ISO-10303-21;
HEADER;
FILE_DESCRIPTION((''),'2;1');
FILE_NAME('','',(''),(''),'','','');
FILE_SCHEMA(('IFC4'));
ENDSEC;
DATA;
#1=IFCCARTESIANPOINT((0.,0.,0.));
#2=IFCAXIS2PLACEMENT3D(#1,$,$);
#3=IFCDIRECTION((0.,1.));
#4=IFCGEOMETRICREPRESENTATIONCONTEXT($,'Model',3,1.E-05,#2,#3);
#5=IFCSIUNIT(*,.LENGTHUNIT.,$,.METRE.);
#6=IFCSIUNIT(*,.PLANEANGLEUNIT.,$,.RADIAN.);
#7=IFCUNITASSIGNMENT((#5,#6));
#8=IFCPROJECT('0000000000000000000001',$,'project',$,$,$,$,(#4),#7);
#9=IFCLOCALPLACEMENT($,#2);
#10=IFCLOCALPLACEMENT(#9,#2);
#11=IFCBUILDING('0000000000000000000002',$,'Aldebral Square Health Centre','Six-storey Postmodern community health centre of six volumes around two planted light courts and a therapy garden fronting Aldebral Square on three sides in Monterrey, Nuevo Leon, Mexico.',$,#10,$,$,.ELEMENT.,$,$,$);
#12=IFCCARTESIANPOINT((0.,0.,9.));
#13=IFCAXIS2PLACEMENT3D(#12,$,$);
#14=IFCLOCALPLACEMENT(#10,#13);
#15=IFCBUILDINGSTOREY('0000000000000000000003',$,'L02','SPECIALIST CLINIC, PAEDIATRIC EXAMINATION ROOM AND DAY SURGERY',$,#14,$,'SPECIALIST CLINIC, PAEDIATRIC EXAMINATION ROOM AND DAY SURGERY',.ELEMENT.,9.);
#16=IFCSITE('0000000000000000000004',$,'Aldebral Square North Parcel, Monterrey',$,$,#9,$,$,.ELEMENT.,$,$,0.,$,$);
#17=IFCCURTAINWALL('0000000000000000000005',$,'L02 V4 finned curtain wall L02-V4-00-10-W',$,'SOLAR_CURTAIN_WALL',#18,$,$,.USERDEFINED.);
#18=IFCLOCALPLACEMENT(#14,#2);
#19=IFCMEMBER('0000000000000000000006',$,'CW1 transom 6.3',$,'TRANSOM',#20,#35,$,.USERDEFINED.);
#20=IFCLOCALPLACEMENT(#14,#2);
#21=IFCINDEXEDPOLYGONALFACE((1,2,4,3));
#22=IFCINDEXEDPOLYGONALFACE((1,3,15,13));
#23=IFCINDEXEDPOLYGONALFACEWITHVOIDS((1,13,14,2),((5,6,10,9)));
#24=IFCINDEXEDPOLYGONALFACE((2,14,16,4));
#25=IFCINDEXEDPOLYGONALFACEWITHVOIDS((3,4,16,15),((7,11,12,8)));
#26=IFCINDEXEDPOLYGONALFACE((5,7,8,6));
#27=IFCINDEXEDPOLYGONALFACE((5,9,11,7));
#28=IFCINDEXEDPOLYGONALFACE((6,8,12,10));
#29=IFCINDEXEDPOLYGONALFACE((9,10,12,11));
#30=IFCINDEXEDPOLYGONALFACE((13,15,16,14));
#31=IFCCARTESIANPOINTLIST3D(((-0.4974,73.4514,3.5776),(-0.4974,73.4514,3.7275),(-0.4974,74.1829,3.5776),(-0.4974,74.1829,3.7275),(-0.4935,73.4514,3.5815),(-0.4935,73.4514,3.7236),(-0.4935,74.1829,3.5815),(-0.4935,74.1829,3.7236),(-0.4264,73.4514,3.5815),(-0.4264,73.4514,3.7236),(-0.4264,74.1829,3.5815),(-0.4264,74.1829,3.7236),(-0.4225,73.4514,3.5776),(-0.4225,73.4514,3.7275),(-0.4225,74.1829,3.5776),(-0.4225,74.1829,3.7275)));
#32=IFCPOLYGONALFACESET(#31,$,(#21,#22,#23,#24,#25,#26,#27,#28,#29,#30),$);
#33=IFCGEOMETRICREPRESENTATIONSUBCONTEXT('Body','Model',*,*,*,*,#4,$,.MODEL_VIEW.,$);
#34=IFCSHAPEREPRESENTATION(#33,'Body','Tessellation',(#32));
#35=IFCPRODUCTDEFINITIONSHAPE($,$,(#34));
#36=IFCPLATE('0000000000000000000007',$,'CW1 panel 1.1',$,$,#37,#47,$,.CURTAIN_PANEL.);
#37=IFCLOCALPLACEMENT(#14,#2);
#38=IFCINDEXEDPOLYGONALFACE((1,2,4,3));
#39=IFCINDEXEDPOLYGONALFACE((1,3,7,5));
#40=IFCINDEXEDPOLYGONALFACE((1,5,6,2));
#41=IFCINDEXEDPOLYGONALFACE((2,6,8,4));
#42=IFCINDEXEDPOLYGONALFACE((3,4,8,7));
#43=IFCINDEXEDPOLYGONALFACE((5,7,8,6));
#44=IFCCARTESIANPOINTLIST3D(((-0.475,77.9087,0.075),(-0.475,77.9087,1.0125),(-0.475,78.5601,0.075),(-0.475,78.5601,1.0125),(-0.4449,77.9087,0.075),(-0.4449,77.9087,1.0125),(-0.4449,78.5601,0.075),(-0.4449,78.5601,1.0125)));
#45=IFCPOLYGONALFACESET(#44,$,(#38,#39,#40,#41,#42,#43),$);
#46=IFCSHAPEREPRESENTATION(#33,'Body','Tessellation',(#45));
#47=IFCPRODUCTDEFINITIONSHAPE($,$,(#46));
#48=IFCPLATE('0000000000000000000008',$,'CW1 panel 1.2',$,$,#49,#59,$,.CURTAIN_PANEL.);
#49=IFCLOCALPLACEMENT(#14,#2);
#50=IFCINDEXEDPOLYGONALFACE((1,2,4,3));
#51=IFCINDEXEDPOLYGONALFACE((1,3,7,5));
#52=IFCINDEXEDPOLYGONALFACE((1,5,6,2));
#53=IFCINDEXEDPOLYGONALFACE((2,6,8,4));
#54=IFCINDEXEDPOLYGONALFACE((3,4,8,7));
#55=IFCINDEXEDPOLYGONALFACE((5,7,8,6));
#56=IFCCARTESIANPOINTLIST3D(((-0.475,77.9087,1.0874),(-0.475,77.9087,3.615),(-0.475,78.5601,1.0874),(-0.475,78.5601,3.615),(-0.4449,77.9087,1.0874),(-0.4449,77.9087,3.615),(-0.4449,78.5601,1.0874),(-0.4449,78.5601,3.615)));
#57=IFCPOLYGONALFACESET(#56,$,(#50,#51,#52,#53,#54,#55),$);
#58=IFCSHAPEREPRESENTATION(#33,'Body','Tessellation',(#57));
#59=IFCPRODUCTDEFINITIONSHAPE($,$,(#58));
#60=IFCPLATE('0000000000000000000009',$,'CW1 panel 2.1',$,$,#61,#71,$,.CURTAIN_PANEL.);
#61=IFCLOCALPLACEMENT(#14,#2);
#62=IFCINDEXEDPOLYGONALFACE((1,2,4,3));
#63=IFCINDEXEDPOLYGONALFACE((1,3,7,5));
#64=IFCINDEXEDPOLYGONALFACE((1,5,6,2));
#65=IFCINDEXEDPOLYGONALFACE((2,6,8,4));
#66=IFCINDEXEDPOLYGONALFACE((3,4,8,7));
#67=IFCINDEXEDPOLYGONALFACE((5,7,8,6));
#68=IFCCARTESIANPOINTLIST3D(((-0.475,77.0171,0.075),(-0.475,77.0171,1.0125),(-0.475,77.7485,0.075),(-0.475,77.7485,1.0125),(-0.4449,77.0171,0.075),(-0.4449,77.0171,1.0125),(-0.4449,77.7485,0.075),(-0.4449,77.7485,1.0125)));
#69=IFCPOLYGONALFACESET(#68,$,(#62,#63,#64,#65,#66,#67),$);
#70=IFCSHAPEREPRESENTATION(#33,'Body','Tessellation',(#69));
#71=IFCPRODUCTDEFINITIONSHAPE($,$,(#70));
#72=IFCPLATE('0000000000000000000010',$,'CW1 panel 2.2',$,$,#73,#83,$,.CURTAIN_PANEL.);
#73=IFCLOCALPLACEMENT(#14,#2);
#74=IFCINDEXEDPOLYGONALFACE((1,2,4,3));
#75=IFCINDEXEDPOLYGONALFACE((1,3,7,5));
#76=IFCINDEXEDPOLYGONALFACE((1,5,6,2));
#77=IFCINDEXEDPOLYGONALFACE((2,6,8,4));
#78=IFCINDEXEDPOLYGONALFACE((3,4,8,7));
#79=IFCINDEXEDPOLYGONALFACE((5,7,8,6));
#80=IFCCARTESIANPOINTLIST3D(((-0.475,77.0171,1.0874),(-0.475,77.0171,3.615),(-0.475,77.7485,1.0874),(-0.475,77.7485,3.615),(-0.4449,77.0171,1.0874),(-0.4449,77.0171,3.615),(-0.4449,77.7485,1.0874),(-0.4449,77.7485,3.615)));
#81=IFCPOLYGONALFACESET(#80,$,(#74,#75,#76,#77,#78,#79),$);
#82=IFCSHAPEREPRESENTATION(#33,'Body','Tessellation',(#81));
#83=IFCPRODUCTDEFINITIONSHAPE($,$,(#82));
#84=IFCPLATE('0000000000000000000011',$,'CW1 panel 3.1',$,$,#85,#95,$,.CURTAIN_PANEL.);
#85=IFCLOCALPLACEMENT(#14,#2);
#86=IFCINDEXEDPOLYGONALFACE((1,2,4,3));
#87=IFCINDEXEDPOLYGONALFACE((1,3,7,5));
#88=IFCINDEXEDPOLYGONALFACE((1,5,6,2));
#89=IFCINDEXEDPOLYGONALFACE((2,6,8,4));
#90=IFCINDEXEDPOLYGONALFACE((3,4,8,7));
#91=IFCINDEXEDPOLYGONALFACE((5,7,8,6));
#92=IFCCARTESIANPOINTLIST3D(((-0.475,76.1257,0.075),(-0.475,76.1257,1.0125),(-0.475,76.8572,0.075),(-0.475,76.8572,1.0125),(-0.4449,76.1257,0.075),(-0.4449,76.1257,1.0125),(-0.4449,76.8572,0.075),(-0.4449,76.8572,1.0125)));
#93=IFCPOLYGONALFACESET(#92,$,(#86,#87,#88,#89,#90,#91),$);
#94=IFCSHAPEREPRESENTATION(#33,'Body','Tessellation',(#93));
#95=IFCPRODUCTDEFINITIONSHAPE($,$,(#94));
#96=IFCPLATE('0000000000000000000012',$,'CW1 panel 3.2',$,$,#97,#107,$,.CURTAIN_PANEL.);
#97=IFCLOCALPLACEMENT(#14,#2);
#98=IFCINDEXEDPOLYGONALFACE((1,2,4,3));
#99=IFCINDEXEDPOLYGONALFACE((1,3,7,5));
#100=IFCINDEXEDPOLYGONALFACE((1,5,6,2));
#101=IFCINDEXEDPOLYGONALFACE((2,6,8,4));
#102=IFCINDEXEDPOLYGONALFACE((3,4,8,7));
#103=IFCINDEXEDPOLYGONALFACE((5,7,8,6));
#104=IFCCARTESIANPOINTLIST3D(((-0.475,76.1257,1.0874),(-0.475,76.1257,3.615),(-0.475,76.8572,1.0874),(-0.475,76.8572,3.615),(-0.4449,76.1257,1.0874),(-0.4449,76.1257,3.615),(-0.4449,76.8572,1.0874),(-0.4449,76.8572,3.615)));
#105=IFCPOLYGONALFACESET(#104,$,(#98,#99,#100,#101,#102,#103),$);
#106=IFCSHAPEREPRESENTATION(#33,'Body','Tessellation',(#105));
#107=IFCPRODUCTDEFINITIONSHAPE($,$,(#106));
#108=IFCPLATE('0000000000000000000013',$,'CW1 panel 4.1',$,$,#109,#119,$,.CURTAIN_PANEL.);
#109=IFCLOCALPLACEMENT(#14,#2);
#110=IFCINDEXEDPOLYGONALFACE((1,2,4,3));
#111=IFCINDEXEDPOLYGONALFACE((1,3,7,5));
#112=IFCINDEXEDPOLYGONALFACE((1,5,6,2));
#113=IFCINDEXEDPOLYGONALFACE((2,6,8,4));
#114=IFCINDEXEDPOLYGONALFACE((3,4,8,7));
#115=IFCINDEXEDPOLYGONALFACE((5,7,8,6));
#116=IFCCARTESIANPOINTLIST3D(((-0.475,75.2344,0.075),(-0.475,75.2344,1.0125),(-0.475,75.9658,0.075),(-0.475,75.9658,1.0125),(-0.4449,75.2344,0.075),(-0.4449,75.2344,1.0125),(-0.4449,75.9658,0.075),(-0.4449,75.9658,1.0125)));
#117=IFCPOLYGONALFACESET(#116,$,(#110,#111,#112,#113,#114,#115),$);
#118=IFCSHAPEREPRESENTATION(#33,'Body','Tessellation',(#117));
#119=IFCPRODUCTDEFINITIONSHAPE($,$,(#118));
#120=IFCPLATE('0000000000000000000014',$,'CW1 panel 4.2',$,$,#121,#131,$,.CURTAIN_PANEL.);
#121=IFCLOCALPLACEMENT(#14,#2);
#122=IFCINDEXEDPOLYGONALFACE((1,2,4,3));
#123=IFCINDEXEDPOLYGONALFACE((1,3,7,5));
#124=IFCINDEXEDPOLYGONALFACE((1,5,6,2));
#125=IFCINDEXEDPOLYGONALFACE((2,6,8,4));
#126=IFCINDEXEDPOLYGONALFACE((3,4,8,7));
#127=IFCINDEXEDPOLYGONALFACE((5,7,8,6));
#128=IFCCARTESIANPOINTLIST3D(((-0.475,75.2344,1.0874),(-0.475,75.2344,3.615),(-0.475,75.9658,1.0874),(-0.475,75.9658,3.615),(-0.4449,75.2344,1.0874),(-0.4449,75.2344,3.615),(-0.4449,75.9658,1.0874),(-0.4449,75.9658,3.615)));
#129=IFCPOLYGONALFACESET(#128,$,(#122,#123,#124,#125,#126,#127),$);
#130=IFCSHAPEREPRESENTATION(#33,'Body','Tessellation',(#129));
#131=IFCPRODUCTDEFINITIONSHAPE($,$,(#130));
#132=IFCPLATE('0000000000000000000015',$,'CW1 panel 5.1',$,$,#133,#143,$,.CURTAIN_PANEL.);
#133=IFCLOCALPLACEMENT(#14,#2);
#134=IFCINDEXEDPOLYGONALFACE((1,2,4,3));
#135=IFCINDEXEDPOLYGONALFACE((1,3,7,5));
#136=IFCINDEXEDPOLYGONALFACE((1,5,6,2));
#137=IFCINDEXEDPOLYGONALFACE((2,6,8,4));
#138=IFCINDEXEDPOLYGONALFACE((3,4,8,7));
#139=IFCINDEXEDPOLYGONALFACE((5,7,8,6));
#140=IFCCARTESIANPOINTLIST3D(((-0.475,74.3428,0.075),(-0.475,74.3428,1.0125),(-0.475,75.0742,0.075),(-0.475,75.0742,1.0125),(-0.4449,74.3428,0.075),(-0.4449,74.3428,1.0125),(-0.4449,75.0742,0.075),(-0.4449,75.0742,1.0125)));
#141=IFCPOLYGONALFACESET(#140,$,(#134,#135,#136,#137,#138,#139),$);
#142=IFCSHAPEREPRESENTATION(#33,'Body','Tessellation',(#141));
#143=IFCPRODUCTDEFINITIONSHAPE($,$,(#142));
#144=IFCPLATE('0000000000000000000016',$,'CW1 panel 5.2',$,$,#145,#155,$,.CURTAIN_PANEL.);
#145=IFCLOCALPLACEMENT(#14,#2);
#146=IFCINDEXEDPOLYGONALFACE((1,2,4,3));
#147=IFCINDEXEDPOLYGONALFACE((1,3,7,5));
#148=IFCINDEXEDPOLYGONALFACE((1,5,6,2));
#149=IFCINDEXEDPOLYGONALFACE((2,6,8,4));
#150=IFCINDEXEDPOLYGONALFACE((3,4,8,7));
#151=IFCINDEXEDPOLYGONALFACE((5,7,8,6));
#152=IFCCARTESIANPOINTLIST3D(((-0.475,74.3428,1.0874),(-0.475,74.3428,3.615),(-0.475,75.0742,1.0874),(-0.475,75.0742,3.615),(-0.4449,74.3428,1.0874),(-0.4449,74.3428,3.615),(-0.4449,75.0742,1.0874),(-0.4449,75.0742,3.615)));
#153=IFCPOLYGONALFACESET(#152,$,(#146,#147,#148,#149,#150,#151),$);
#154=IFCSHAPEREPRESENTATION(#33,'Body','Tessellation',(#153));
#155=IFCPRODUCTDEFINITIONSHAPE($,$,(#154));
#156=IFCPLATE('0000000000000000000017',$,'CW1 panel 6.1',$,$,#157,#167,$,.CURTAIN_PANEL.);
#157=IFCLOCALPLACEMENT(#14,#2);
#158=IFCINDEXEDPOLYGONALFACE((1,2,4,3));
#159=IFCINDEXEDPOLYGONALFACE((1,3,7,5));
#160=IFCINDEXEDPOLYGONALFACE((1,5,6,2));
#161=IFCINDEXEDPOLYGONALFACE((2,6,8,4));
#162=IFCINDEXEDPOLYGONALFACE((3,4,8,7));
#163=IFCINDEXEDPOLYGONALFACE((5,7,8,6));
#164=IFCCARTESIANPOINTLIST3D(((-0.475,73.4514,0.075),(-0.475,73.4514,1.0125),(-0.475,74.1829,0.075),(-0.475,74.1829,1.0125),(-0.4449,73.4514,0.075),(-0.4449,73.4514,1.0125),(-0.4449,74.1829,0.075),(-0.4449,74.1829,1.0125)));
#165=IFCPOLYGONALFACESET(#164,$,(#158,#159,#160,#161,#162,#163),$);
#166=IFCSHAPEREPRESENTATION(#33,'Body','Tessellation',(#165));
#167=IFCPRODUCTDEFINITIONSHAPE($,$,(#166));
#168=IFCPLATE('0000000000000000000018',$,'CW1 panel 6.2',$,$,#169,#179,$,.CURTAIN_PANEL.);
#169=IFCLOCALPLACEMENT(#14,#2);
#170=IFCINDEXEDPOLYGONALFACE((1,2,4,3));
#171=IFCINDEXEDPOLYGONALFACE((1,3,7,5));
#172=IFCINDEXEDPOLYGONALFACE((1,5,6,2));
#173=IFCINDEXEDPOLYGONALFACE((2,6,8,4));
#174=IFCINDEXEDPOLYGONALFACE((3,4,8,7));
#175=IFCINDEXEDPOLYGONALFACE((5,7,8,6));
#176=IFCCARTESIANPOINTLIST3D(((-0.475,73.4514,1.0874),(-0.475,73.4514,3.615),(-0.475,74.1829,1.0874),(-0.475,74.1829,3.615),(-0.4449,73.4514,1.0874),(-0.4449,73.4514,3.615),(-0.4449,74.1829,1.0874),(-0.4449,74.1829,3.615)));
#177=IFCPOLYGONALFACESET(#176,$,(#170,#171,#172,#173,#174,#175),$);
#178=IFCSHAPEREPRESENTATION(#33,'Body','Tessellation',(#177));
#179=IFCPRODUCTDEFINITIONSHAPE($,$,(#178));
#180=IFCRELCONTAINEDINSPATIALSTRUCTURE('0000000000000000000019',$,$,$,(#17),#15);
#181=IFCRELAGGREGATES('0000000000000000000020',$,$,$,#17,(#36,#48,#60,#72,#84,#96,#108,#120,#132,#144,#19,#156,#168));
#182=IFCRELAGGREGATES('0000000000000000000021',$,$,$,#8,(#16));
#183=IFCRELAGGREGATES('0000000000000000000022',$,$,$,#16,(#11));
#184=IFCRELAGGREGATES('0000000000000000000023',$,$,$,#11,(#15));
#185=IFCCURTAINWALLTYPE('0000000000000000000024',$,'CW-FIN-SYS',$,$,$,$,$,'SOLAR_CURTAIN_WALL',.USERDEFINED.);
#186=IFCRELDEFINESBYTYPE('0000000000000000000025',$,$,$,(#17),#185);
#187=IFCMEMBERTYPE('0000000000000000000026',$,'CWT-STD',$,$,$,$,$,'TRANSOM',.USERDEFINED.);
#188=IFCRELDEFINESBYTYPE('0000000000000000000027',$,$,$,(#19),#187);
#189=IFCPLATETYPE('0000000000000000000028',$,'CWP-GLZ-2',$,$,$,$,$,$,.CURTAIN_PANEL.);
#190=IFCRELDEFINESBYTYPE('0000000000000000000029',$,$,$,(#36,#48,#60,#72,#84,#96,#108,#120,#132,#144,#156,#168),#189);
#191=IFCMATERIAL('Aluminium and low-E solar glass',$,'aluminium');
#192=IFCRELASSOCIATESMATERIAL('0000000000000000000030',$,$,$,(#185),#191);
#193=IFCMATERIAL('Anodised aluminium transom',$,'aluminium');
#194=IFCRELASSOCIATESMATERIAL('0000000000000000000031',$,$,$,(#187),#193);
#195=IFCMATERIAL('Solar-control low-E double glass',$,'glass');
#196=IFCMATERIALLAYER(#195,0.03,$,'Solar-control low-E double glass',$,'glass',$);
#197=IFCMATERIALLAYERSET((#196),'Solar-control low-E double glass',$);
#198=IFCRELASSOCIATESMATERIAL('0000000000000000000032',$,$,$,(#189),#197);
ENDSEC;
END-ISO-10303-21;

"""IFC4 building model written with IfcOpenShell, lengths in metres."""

from ifc_helpers import new_model, si_unit, direction, frame, origin, origin_2d, place, context, subcontext, project, spatial, rectangle, hollow_rectangle, extrude, material, layer, layer_set, material_profile, profile_set, type_object, element, aggregate, save


model = new_model("IFC4")

# Units and contexts
model_context = context("Model", 3, precision=1e-05, world=origin(), true_north=direction((0.0, 1.0)))
body_context = subcontext(model_context, "Body", "Model", "MODEL_VIEW")
ifc_project = project(units=[si_unit("LENGTHUNIT", "METRE"), si_unit("PLANEANGLEUNIT", "RADIAN")], contexts=[model_context])

# Site, building, storey
site_placement = place(None, origin())
site = spatial("IfcSite", under=ifc_project, at=site_placement, Name="Aldebral Square North Parcel, Monterrey", CompositionType="ELEMENT", RefElevation=0.0)
building_placement = place(site_placement, origin())
building = spatial("IfcBuilding", under=site, at=building_placement, Name="Aldebral Square Health Centre", Description="Six-storey Postmodern community health centre of six volumes around two planted light courts and a therapy garden fronting Aldebral Square on three sides in Monterrey, Nuevo Leon, Mexico.", CompositionType="ELEMENT")
storey_placement = place(building_placement, frame((0.0, 0.0, 9.0)))
storey = spatial("IfcBuildingStorey", under=building, at=storey_placement, Name="L02", Description="SPECIALIST CLINIC, PAEDIATRIC EXAMINATION ROOM AND DAY SURGERY", LongName="SPECIALIST CLINIC, PAEDIATRIC EXAMINATION ROOM AND DAY SURGERY", CompositionType="ELEMENT", Elevation=9.0)

# Curtain wall, member, plates
ifc_material_1 = material(Name="Aluminium and low-E solar glass", Category="aluminium")
curtain_wall_type = type_object("IfcCurtainWallType", Name="CW-FIN-SYS", ElementType="SOLAR_CURTAIN_WALL", PredefinedType="USERDEFINED", material=ifc_material_1)
curtain_wall_placement = place(storey_placement, origin())
curtain_wall = element("IfcCurtainWall", 1, at=curtain_wall_placement, inside=storey, type_object=curtain_wall_type, Name="L02 V4 finned curtain wall L02-V4-00-10-W", ObjectType="SOLAR_CURTAIN_WALL", PredefinedType="USERDEFINED")
ifc_material_2 = material(Name="Anodised aluminium transom", Category="aluminium")
ifc_material_profile_1 = material_profile(ifc_material_2, hollow_rectangle(XDim=0.075, YDim=0.1499, WallThickness=0.0039, at=origin_2d()), Name="CWT 75x150x4")
ifc_profile_set_1 = profile_set([ifc_material_profile_1], Name="Anodised aluminium transom")
member_type_1 = type_object("IfcMemberType", Name="CWT-STD", ElementType="TRANSOM", PredefinedType="USERDEFINED", material=ifc_profile_set_1)
member_1_placement = place(storey_placement, frame((-0.46, 74.1829, 3.6526), z_axis=(0.0, -1.0, 0.0), x_axis=(1.0, 0.0, 0.0)))
member_1 = element("IfcMember", 2, at=member_1_placement, type_object=member_type_1, Name="CW1 transom 6.3", ObjectType="TRANSOM", PredefinedType="USERDEFINED", context=body_context, shape_type="SweptSolid", body=[
    extrude(hollow_rectangle(XDim=0.075, YDim=0.1499, WallThickness=0.0039, at=origin_2d()), origin(), (0.0, 0.0, 1.0), 0.7314),
])
ifc_material_3 = material(Name="Solar-control low-E double glass", Category="glass")
ifc_layer = layer(ifc_material_3, 0.03, Name="Solar-control low-E double glass", Category="glass")
ifc_layer_set = layer_set([ifc_layer], Name="Solar-control low-E double glass")
plate_type = type_object("IfcPlateType", Name="CWP-GLZ-2", PredefinedType="CURTAIN_PANEL", material=ifc_layer_set)
plate_1_placement = place(storey_placement, frame((-0.46, 78.2344, 0.075), z_axis=(0.0, 0.0, 1.0), x_axis=(0.0, -1.0, 0.0)))
plate_1 = element("IfcPlate", 3, at=plate_1_placement, type_object=plate_type, Name="CW1 panel 1.1", PredefinedType="CURTAIN_PANEL", context=body_context, shape_type="SweptSolid", body=[
    extrude(rectangle(XDim=0.6514, YDim=0.03, at=origin_2d()), origin(), (0.0, 0.0, 1.0), 0.9375),
])
plate_2_placement = place(storey_placement, frame((-0.46, 78.2344, 1.0874), z_axis=(0.0, 0.0, 1.0), x_axis=(0.0, -1.0, 0.0)))
plate_2 = element("IfcPlate", 4, at=plate_2_placement, type_object=plate_type, Name="CW1 panel 1.2", PredefinedType="CURTAIN_PANEL", context=body_context, shape_type="SweptSolid", body=[
    extrude(rectangle(XDim=0.6514, YDim=0.03, at=origin_2d()), origin(), (0.0, 0.0, 1.0), 2.5276),
])
plate_3_placement = place(storey_placement, frame((-0.46, 77.3828, 0.075), z_axis=(0.0, 0.0, 1.0), x_axis=(0.0, -1.0, 0.0)))
plate_3 = element("IfcPlate", 5, at=plate_3_placement, type_object=plate_type, Name="CW1 panel 2.1", PredefinedType="CURTAIN_PANEL", context=body_context, shape_type="SweptSolid", body=[
    extrude(rectangle(XDim=0.7314, YDim=0.03, at=origin_2d()), origin(), (0.0, 0.0, 1.0), 0.9375),
])
plate_4_placement = place(storey_placement, frame((-0.46, 77.3828, 1.0874), z_axis=(0.0, 0.0, 1.0), x_axis=(0.0, -1.0, 0.0)))
plate_4 = element("IfcPlate", 6, at=plate_4_placement, type_object=plate_type, Name="CW1 panel 2.2", PredefinedType="CURTAIN_PANEL", context=body_context, shape_type="SweptSolid", body=[
    extrude(rectangle(XDim=0.7314, YDim=0.03, at=origin_2d()), origin(), (0.0, 0.0, 1.0), 2.5276),
])
plate_5_placement = place(storey_placement, frame((-0.46, 76.4915, 0.075), z_axis=(0.0, 0.0, 1.0), x_axis=(0.0, -1.0, 0.0)))
plate_5 = element("IfcPlate", 7, at=plate_5_placement, type_object=plate_type, Name="CW1 panel 3.1", PredefinedType="CURTAIN_PANEL", context=body_context, shape_type="SweptSolid", body=[
    extrude(rectangle(XDim=0.7314, YDim=0.03, at=origin_2d()), origin(), (0.0, 0.0, 1.0), 0.9375),
])
plate_6_placement = place(storey_placement, frame((-0.46, 76.4915, 1.0874), z_axis=(0.0, 0.0, 1.0), x_axis=(0.0, -1.0, 0.0)))
plate_6 = element("IfcPlate", 8, at=plate_6_placement, type_object=plate_type, Name="CW1 panel 3.2", PredefinedType="CURTAIN_PANEL", context=body_context, shape_type="SweptSolid", body=[
    extrude(rectangle(XDim=0.7314, YDim=0.03, at=origin_2d()), origin(), (0.0, 0.0, 1.0), 2.5276),
])
plate_7_placement = place(storey_placement, frame((-0.46, 75.6001, 0.075), z_axis=(0.0, 0.0, 1.0), x_axis=(0.0, -1.0, 0.0)))
plate_7 = element("IfcPlate", 9, at=plate_7_placement, type_object=plate_type, Name="CW1 panel 4.1", PredefinedType="CURTAIN_PANEL", context=body_context, shape_type="SweptSolid", body=[
    extrude(rectangle(XDim=0.7314, YDim=0.03, at=origin_2d()), origin(), (0.0, 0.0, 1.0), 0.9375),
])
plate_8_placement = place(storey_placement, frame((-0.46, 75.6001, 1.0874), z_axis=(0.0, 0.0, 1.0), x_axis=(0.0, -1.0, 0.0)))
plate_8 = element("IfcPlate", 10, at=plate_8_placement, type_object=plate_type, Name="CW1 panel 4.2", PredefinedType="CURTAIN_PANEL", context=body_context, shape_type="SweptSolid", body=[
    extrude(rectangle(XDim=0.7314, YDim=0.03, at=origin_2d()), origin(), (0.0, 0.0, 1.0), 2.5276),
])
plate_9_placement = place(storey_placement, frame((-0.46, 74.7085, 0.075), z_axis=(0.0, 0.0, 1.0), x_axis=(0.0, -1.0, 0.0)))
plate_9 = element("IfcPlate", 11, at=plate_9_placement, type_object=plate_type, Name="CW1 panel 5.1", PredefinedType="CURTAIN_PANEL", context=body_context, shape_type="SweptSolid", body=[
    extrude(rectangle(XDim=0.7314, YDim=0.03, at=origin_2d()), origin(), (0.0, 0.0, 1.0), 0.9375),
])
plate_10_placement = place(storey_placement, frame((-0.46, 74.7085, 1.0874), z_axis=(0.0, 0.0, 1.0), x_axis=(0.0, -1.0, 0.0)))
plate_10 = element("IfcPlate", 12, at=plate_10_placement, type_object=plate_type, Name="CW1 panel 5.2", PredefinedType="CURTAIN_PANEL", context=body_context, shape_type="SweptSolid", body=[
    extrude(rectangle(XDim=0.7314, YDim=0.03, at=origin_2d()), origin(), (0.0, 0.0, 1.0), 2.5276),
])
plate_11_placement = place(storey_placement, frame((-0.46, 73.8171, 0.075), z_axis=(0.0, 0.0, 1.0), x_axis=(0.0, -1.0, 0.0)))
plate_11 = element("IfcPlate", 13, at=plate_11_placement, type_object=plate_type, Name="CW1 panel 6.1", PredefinedType="CURTAIN_PANEL", context=body_context, shape_type="SweptSolid", body=[
    extrude(rectangle(XDim=0.7314, YDim=0.03, at=origin_2d()), origin(), (0.0, 0.0, 1.0), 0.9375),
])
plate_12_placement = place(storey_placement, frame((-0.46, 73.8171, 1.0874), z_axis=(0.0, 0.0, 1.0), x_axis=(0.0, -1.0, 0.0)))
plate_12 = element("IfcPlate", 14, at=plate_12_placement, type_object=plate_type, Name="CW1 panel 6.2", PredefinedType="CURTAIN_PANEL", context=body_context, shape_type="SweptSolid", body=[
    extrude(rectangle(XDim=0.7314, YDim=0.03, at=origin_2d()), origin(), (0.0, 0.0, 1.0), 2.5276),
])
aggregate(curtain_wall, [plate_1, plate_2, plate_3, plate_4, plate_5, plate_6, plate_7, plate_8, plate_9, plate_10, member_1, plate_11, plate_12])

save(model, "model.ifc")
